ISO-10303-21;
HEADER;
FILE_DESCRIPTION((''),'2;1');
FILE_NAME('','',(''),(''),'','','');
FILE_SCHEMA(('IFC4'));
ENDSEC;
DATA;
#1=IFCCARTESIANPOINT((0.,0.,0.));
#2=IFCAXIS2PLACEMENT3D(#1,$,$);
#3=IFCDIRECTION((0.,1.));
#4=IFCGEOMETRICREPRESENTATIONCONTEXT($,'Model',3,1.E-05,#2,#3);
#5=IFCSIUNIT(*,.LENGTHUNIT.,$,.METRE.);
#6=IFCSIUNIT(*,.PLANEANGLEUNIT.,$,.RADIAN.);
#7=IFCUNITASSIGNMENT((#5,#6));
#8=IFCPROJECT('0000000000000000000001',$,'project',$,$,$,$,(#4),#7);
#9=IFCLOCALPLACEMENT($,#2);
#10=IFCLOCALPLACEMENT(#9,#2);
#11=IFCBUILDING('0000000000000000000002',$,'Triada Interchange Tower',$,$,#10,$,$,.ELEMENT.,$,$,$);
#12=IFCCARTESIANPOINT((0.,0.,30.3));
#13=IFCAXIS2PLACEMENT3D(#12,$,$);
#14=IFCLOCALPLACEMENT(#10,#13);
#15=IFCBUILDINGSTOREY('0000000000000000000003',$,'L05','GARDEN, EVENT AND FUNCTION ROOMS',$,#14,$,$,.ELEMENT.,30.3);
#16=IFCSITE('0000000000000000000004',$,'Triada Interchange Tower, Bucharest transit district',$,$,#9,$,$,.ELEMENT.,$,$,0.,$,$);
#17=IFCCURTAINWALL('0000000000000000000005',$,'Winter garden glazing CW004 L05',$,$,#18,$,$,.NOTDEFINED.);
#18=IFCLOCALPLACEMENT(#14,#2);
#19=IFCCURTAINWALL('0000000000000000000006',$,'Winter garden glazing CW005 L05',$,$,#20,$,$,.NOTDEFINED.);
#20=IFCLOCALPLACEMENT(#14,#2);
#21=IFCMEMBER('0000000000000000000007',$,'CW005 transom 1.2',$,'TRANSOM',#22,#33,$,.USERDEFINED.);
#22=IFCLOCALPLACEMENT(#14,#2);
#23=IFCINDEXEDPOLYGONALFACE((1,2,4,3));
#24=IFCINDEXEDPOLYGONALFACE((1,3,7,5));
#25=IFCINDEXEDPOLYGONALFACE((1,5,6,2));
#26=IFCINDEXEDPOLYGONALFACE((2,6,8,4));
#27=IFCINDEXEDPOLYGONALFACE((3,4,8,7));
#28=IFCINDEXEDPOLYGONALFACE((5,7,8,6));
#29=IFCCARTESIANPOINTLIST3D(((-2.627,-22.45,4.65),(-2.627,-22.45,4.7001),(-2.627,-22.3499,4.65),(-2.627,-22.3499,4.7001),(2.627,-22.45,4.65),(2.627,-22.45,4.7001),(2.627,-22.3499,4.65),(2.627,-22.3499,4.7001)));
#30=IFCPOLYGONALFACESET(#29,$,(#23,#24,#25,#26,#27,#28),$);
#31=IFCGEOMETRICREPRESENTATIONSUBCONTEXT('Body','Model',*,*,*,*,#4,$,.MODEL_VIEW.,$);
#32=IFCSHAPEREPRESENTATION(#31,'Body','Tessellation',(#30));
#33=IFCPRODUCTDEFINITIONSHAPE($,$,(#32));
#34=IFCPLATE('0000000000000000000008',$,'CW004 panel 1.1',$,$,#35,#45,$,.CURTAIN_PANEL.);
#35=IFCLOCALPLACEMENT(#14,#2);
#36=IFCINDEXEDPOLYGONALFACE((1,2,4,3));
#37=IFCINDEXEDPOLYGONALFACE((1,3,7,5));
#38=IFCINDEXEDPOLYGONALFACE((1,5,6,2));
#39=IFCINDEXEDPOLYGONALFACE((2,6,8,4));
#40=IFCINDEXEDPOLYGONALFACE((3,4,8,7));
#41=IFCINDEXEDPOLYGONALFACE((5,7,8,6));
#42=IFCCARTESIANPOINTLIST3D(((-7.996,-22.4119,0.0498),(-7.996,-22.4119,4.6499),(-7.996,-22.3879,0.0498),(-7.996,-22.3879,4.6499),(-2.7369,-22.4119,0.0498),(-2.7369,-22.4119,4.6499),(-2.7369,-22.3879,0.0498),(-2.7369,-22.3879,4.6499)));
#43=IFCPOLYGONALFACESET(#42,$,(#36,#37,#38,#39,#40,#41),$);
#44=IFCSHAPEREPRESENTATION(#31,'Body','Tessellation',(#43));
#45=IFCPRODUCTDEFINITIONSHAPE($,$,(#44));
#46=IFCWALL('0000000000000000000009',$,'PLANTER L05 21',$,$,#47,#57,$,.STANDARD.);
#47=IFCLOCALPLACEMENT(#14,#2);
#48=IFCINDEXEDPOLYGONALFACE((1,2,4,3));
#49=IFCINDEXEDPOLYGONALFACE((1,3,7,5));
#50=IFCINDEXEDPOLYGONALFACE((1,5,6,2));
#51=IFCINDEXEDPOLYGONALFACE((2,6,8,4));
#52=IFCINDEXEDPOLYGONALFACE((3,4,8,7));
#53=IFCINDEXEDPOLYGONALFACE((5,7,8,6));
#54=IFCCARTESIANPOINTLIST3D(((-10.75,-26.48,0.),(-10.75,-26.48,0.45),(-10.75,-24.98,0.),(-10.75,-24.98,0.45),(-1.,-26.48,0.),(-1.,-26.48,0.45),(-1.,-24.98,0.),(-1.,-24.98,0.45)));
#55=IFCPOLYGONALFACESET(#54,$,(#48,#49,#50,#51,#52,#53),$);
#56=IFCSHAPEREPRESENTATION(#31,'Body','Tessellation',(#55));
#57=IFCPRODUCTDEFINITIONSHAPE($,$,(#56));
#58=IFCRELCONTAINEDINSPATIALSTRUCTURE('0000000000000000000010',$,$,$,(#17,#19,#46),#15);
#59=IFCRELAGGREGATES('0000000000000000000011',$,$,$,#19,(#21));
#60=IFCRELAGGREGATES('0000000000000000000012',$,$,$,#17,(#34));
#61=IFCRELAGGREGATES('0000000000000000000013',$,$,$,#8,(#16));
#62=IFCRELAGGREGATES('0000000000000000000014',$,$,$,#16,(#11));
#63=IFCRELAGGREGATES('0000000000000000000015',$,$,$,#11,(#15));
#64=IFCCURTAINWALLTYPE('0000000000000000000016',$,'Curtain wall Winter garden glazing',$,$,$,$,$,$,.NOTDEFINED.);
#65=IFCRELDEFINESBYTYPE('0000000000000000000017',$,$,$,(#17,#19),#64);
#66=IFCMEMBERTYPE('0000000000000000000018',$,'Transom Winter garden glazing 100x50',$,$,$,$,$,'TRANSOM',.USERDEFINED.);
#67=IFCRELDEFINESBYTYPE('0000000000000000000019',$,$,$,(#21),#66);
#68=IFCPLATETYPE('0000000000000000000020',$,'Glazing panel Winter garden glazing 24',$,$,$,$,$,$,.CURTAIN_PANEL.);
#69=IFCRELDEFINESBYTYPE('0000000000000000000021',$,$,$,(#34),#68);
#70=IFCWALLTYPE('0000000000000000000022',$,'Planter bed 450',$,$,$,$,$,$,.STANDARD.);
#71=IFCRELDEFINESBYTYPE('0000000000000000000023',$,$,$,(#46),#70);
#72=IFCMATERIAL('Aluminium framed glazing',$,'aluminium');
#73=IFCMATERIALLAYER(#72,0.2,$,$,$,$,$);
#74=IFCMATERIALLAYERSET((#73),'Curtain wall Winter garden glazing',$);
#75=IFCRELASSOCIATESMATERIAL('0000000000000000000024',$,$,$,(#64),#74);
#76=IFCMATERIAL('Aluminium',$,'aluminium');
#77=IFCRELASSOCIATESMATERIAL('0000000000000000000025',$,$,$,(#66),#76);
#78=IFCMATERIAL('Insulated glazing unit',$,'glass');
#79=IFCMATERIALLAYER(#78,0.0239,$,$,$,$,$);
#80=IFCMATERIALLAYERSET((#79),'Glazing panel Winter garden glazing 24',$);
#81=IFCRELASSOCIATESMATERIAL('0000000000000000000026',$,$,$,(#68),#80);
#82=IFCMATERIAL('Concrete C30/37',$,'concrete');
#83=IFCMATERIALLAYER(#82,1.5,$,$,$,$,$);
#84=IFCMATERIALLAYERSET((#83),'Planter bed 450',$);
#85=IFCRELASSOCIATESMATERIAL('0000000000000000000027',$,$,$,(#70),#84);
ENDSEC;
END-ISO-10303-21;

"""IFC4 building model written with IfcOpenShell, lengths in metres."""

from ifc_helpers import new_model, si_unit, direction, frame, frame_2d, origin, origin_2d, place, context, subcontext, project, spatial, rectangle, extrude, material, layer, layer_set, material_profile, profile_set, type_object, element, aggregate, save


model = new_model("IFC4")

# Units and contexts
model_context = context("Model", 3, precision=1e-05, world=origin(), true_north=direction((0.0, 1.0)))
body_context = subcontext(model_context, "Body", "Model", "MODEL_VIEW")
ifc_project = project(units=[si_unit("LENGTHUNIT", "METRE"), si_unit("PLANEANGLEUNIT", "RADIAN")], contexts=[model_context])

# Site, building, storey
site_placement = place(None, origin())
site = spatial("IfcSite", under=ifc_project, at=site_placement, Name="Triada Interchange Tower, Bucharest transit district", CompositionType="ELEMENT", RefElevation=0.0)
building_placement = place(site_placement, origin())
building = spatial("IfcBuilding", under=site, at=building_placement, Name="Triada Interchange Tower", CompositionType="ELEMENT")
storey_placement = place(building_placement, frame((0.0, 0.0, 30.3)))
storey = spatial("IfcBuildingStorey", under=building, at=storey_placement, Name="L05", Description="GARDEN, EVENT AND FUNCTION ROOMS", CompositionType="ELEMENT", Elevation=30.3)

# Curtain wall
ifc_material_1 = material(Name="Aluminium framed glazing", Category="aluminium")
ifc_layer_1 = layer(ifc_material_1, 0.2)
ifc_layer_set_1 = layer_set([ifc_layer_1], Name="Curtain wall Winter garden glazing")
curtain_wall_type = type_object("IfcCurtainWallType", Name="Curtain wall Winter garden glazing", PredefinedType="NOTDEFINED", material=ifc_layer_set_1)
curtain_wall_1_placement = place(storey_placement, origin())
curtain_wall_1 = element("IfcCurtainWall", 1, at=curtain_wall_1_placement, inside=storey, type_object=curtain_wall_type, Name="Winter garden glazing CW004 L05", PredefinedType="NOTDEFINED")
ifc_material_2 = material(Name="Aluminium", Category="aluminium")

# Curtain wall
curtain_wall_2_placement = place(storey_placement, origin())
curtain_wall_2 = element("IfcCurtainWall", 2, at=curtain_wall_2_placement, inside=storey, type_object=curtain_wall_type, Name="Winter garden glazing CW005 L05", PredefinedType="NOTDEFINED")

# Member
ifc_material_profile_1 = material_profile(ifc_material_2, rectangle(XDim=0.1001, YDim=0.05, at=origin_2d()), Name="Aluminium transom")
ifc_profile_set_1 = profile_set([ifc_material_profile_1], Name="Aluminium")
member_type_1 = type_object("IfcMemberType", Name="Transom Winter garden glazing 100x50", ElementType="TRANSOM", PredefinedType="USERDEFINED", material=ifc_profile_set_1)
member_1_placement = place(storey_placement, frame((-2.627, -22.3999, 4.675), z_axis=(1.0, 0.0, 0.0), x_axis=(0.0, 1.0, 0.0)))
member_1 = element("IfcMember", 3, at=member_1_placement, type_object=member_type_1, Name="CW005 transom 1.2", ObjectType="TRANSOM", PredefinedType="USERDEFINED", context=body_context, shape_type="SweptSolid", body=[
    extrude(rectangle(XDim=0.1001, YDim=0.05, at=origin_2d()), origin(), (0.0, 0.0, 1.0), 5.2539),
])
aggregate(curtain_wall_2, [member_1])

# Plate
ifc_material_3 = material(Name="Insulated glazing unit", Category="glass")
ifc_layer_2 = layer(ifc_material_3, 0.0239)
ifc_layer_set_2 = layer_set([ifc_layer_2], Name="Glazing panel Winter garden glazing 24")
plate_type = type_object("IfcPlateType", Name="Glazing panel Winter garden glazing 24", PredefinedType="CURTAIN_PANEL", material=ifc_layer_set_2)
plate_placement = place(storey_placement, frame((-5.3665, -22.3999, 0.0498), z_axis=(0.0, 0.0, 1.0), x_axis=(1.0, 0.0, 0.0)))
plate = element("IfcPlate", 4, at=plate_placement, type_object=plate_type, Name="CW004 panel 1.1", PredefinedType="CURTAIN_PANEL", context=body_context, shape_type="SweptSolid", body=[
    extrude(rectangle(XDim=5.259, YDim=0.0239, at=origin_2d()), origin(), (0.0, 0.0, 1.0), 4.6001),
])
aggregate(curtain_wall_1, [plate])

# Wall
ifc_material_4 = material(Name="Concrete C30/37", Category="concrete")
ifc_layer_3 = layer(ifc_material_4, 1.5)
ifc_layer_set_3 = layer_set([ifc_layer_3], Name="Planter bed 450")
wall_type_1 = type_object("IfcWallType", Name="Planter bed 450", PredefinedType="STANDARD", material=ifc_layer_set_3)
wall_1_placement = place(storey_placement, frame((-10.75, -25.73, 0.0), z_axis=(0.0, 0.0, 1.0), x_axis=(1.0, 0.0, 0.0)))
element("IfcWall", 5, at=wall_1_placement, inside=storey, type_object=wall_type_1, Name="PLANTER L05 21", PredefinedType="STANDARD", context=body_context, shape_type="SweptSolid", body=[
    extrude(rectangle(XDim=9.75, YDim=1.5, at=frame_2d((4.875, 0.0))), origin(), (0.0, 0.0, 1.0), 0.45),
])

save(model, "model.ifc")
